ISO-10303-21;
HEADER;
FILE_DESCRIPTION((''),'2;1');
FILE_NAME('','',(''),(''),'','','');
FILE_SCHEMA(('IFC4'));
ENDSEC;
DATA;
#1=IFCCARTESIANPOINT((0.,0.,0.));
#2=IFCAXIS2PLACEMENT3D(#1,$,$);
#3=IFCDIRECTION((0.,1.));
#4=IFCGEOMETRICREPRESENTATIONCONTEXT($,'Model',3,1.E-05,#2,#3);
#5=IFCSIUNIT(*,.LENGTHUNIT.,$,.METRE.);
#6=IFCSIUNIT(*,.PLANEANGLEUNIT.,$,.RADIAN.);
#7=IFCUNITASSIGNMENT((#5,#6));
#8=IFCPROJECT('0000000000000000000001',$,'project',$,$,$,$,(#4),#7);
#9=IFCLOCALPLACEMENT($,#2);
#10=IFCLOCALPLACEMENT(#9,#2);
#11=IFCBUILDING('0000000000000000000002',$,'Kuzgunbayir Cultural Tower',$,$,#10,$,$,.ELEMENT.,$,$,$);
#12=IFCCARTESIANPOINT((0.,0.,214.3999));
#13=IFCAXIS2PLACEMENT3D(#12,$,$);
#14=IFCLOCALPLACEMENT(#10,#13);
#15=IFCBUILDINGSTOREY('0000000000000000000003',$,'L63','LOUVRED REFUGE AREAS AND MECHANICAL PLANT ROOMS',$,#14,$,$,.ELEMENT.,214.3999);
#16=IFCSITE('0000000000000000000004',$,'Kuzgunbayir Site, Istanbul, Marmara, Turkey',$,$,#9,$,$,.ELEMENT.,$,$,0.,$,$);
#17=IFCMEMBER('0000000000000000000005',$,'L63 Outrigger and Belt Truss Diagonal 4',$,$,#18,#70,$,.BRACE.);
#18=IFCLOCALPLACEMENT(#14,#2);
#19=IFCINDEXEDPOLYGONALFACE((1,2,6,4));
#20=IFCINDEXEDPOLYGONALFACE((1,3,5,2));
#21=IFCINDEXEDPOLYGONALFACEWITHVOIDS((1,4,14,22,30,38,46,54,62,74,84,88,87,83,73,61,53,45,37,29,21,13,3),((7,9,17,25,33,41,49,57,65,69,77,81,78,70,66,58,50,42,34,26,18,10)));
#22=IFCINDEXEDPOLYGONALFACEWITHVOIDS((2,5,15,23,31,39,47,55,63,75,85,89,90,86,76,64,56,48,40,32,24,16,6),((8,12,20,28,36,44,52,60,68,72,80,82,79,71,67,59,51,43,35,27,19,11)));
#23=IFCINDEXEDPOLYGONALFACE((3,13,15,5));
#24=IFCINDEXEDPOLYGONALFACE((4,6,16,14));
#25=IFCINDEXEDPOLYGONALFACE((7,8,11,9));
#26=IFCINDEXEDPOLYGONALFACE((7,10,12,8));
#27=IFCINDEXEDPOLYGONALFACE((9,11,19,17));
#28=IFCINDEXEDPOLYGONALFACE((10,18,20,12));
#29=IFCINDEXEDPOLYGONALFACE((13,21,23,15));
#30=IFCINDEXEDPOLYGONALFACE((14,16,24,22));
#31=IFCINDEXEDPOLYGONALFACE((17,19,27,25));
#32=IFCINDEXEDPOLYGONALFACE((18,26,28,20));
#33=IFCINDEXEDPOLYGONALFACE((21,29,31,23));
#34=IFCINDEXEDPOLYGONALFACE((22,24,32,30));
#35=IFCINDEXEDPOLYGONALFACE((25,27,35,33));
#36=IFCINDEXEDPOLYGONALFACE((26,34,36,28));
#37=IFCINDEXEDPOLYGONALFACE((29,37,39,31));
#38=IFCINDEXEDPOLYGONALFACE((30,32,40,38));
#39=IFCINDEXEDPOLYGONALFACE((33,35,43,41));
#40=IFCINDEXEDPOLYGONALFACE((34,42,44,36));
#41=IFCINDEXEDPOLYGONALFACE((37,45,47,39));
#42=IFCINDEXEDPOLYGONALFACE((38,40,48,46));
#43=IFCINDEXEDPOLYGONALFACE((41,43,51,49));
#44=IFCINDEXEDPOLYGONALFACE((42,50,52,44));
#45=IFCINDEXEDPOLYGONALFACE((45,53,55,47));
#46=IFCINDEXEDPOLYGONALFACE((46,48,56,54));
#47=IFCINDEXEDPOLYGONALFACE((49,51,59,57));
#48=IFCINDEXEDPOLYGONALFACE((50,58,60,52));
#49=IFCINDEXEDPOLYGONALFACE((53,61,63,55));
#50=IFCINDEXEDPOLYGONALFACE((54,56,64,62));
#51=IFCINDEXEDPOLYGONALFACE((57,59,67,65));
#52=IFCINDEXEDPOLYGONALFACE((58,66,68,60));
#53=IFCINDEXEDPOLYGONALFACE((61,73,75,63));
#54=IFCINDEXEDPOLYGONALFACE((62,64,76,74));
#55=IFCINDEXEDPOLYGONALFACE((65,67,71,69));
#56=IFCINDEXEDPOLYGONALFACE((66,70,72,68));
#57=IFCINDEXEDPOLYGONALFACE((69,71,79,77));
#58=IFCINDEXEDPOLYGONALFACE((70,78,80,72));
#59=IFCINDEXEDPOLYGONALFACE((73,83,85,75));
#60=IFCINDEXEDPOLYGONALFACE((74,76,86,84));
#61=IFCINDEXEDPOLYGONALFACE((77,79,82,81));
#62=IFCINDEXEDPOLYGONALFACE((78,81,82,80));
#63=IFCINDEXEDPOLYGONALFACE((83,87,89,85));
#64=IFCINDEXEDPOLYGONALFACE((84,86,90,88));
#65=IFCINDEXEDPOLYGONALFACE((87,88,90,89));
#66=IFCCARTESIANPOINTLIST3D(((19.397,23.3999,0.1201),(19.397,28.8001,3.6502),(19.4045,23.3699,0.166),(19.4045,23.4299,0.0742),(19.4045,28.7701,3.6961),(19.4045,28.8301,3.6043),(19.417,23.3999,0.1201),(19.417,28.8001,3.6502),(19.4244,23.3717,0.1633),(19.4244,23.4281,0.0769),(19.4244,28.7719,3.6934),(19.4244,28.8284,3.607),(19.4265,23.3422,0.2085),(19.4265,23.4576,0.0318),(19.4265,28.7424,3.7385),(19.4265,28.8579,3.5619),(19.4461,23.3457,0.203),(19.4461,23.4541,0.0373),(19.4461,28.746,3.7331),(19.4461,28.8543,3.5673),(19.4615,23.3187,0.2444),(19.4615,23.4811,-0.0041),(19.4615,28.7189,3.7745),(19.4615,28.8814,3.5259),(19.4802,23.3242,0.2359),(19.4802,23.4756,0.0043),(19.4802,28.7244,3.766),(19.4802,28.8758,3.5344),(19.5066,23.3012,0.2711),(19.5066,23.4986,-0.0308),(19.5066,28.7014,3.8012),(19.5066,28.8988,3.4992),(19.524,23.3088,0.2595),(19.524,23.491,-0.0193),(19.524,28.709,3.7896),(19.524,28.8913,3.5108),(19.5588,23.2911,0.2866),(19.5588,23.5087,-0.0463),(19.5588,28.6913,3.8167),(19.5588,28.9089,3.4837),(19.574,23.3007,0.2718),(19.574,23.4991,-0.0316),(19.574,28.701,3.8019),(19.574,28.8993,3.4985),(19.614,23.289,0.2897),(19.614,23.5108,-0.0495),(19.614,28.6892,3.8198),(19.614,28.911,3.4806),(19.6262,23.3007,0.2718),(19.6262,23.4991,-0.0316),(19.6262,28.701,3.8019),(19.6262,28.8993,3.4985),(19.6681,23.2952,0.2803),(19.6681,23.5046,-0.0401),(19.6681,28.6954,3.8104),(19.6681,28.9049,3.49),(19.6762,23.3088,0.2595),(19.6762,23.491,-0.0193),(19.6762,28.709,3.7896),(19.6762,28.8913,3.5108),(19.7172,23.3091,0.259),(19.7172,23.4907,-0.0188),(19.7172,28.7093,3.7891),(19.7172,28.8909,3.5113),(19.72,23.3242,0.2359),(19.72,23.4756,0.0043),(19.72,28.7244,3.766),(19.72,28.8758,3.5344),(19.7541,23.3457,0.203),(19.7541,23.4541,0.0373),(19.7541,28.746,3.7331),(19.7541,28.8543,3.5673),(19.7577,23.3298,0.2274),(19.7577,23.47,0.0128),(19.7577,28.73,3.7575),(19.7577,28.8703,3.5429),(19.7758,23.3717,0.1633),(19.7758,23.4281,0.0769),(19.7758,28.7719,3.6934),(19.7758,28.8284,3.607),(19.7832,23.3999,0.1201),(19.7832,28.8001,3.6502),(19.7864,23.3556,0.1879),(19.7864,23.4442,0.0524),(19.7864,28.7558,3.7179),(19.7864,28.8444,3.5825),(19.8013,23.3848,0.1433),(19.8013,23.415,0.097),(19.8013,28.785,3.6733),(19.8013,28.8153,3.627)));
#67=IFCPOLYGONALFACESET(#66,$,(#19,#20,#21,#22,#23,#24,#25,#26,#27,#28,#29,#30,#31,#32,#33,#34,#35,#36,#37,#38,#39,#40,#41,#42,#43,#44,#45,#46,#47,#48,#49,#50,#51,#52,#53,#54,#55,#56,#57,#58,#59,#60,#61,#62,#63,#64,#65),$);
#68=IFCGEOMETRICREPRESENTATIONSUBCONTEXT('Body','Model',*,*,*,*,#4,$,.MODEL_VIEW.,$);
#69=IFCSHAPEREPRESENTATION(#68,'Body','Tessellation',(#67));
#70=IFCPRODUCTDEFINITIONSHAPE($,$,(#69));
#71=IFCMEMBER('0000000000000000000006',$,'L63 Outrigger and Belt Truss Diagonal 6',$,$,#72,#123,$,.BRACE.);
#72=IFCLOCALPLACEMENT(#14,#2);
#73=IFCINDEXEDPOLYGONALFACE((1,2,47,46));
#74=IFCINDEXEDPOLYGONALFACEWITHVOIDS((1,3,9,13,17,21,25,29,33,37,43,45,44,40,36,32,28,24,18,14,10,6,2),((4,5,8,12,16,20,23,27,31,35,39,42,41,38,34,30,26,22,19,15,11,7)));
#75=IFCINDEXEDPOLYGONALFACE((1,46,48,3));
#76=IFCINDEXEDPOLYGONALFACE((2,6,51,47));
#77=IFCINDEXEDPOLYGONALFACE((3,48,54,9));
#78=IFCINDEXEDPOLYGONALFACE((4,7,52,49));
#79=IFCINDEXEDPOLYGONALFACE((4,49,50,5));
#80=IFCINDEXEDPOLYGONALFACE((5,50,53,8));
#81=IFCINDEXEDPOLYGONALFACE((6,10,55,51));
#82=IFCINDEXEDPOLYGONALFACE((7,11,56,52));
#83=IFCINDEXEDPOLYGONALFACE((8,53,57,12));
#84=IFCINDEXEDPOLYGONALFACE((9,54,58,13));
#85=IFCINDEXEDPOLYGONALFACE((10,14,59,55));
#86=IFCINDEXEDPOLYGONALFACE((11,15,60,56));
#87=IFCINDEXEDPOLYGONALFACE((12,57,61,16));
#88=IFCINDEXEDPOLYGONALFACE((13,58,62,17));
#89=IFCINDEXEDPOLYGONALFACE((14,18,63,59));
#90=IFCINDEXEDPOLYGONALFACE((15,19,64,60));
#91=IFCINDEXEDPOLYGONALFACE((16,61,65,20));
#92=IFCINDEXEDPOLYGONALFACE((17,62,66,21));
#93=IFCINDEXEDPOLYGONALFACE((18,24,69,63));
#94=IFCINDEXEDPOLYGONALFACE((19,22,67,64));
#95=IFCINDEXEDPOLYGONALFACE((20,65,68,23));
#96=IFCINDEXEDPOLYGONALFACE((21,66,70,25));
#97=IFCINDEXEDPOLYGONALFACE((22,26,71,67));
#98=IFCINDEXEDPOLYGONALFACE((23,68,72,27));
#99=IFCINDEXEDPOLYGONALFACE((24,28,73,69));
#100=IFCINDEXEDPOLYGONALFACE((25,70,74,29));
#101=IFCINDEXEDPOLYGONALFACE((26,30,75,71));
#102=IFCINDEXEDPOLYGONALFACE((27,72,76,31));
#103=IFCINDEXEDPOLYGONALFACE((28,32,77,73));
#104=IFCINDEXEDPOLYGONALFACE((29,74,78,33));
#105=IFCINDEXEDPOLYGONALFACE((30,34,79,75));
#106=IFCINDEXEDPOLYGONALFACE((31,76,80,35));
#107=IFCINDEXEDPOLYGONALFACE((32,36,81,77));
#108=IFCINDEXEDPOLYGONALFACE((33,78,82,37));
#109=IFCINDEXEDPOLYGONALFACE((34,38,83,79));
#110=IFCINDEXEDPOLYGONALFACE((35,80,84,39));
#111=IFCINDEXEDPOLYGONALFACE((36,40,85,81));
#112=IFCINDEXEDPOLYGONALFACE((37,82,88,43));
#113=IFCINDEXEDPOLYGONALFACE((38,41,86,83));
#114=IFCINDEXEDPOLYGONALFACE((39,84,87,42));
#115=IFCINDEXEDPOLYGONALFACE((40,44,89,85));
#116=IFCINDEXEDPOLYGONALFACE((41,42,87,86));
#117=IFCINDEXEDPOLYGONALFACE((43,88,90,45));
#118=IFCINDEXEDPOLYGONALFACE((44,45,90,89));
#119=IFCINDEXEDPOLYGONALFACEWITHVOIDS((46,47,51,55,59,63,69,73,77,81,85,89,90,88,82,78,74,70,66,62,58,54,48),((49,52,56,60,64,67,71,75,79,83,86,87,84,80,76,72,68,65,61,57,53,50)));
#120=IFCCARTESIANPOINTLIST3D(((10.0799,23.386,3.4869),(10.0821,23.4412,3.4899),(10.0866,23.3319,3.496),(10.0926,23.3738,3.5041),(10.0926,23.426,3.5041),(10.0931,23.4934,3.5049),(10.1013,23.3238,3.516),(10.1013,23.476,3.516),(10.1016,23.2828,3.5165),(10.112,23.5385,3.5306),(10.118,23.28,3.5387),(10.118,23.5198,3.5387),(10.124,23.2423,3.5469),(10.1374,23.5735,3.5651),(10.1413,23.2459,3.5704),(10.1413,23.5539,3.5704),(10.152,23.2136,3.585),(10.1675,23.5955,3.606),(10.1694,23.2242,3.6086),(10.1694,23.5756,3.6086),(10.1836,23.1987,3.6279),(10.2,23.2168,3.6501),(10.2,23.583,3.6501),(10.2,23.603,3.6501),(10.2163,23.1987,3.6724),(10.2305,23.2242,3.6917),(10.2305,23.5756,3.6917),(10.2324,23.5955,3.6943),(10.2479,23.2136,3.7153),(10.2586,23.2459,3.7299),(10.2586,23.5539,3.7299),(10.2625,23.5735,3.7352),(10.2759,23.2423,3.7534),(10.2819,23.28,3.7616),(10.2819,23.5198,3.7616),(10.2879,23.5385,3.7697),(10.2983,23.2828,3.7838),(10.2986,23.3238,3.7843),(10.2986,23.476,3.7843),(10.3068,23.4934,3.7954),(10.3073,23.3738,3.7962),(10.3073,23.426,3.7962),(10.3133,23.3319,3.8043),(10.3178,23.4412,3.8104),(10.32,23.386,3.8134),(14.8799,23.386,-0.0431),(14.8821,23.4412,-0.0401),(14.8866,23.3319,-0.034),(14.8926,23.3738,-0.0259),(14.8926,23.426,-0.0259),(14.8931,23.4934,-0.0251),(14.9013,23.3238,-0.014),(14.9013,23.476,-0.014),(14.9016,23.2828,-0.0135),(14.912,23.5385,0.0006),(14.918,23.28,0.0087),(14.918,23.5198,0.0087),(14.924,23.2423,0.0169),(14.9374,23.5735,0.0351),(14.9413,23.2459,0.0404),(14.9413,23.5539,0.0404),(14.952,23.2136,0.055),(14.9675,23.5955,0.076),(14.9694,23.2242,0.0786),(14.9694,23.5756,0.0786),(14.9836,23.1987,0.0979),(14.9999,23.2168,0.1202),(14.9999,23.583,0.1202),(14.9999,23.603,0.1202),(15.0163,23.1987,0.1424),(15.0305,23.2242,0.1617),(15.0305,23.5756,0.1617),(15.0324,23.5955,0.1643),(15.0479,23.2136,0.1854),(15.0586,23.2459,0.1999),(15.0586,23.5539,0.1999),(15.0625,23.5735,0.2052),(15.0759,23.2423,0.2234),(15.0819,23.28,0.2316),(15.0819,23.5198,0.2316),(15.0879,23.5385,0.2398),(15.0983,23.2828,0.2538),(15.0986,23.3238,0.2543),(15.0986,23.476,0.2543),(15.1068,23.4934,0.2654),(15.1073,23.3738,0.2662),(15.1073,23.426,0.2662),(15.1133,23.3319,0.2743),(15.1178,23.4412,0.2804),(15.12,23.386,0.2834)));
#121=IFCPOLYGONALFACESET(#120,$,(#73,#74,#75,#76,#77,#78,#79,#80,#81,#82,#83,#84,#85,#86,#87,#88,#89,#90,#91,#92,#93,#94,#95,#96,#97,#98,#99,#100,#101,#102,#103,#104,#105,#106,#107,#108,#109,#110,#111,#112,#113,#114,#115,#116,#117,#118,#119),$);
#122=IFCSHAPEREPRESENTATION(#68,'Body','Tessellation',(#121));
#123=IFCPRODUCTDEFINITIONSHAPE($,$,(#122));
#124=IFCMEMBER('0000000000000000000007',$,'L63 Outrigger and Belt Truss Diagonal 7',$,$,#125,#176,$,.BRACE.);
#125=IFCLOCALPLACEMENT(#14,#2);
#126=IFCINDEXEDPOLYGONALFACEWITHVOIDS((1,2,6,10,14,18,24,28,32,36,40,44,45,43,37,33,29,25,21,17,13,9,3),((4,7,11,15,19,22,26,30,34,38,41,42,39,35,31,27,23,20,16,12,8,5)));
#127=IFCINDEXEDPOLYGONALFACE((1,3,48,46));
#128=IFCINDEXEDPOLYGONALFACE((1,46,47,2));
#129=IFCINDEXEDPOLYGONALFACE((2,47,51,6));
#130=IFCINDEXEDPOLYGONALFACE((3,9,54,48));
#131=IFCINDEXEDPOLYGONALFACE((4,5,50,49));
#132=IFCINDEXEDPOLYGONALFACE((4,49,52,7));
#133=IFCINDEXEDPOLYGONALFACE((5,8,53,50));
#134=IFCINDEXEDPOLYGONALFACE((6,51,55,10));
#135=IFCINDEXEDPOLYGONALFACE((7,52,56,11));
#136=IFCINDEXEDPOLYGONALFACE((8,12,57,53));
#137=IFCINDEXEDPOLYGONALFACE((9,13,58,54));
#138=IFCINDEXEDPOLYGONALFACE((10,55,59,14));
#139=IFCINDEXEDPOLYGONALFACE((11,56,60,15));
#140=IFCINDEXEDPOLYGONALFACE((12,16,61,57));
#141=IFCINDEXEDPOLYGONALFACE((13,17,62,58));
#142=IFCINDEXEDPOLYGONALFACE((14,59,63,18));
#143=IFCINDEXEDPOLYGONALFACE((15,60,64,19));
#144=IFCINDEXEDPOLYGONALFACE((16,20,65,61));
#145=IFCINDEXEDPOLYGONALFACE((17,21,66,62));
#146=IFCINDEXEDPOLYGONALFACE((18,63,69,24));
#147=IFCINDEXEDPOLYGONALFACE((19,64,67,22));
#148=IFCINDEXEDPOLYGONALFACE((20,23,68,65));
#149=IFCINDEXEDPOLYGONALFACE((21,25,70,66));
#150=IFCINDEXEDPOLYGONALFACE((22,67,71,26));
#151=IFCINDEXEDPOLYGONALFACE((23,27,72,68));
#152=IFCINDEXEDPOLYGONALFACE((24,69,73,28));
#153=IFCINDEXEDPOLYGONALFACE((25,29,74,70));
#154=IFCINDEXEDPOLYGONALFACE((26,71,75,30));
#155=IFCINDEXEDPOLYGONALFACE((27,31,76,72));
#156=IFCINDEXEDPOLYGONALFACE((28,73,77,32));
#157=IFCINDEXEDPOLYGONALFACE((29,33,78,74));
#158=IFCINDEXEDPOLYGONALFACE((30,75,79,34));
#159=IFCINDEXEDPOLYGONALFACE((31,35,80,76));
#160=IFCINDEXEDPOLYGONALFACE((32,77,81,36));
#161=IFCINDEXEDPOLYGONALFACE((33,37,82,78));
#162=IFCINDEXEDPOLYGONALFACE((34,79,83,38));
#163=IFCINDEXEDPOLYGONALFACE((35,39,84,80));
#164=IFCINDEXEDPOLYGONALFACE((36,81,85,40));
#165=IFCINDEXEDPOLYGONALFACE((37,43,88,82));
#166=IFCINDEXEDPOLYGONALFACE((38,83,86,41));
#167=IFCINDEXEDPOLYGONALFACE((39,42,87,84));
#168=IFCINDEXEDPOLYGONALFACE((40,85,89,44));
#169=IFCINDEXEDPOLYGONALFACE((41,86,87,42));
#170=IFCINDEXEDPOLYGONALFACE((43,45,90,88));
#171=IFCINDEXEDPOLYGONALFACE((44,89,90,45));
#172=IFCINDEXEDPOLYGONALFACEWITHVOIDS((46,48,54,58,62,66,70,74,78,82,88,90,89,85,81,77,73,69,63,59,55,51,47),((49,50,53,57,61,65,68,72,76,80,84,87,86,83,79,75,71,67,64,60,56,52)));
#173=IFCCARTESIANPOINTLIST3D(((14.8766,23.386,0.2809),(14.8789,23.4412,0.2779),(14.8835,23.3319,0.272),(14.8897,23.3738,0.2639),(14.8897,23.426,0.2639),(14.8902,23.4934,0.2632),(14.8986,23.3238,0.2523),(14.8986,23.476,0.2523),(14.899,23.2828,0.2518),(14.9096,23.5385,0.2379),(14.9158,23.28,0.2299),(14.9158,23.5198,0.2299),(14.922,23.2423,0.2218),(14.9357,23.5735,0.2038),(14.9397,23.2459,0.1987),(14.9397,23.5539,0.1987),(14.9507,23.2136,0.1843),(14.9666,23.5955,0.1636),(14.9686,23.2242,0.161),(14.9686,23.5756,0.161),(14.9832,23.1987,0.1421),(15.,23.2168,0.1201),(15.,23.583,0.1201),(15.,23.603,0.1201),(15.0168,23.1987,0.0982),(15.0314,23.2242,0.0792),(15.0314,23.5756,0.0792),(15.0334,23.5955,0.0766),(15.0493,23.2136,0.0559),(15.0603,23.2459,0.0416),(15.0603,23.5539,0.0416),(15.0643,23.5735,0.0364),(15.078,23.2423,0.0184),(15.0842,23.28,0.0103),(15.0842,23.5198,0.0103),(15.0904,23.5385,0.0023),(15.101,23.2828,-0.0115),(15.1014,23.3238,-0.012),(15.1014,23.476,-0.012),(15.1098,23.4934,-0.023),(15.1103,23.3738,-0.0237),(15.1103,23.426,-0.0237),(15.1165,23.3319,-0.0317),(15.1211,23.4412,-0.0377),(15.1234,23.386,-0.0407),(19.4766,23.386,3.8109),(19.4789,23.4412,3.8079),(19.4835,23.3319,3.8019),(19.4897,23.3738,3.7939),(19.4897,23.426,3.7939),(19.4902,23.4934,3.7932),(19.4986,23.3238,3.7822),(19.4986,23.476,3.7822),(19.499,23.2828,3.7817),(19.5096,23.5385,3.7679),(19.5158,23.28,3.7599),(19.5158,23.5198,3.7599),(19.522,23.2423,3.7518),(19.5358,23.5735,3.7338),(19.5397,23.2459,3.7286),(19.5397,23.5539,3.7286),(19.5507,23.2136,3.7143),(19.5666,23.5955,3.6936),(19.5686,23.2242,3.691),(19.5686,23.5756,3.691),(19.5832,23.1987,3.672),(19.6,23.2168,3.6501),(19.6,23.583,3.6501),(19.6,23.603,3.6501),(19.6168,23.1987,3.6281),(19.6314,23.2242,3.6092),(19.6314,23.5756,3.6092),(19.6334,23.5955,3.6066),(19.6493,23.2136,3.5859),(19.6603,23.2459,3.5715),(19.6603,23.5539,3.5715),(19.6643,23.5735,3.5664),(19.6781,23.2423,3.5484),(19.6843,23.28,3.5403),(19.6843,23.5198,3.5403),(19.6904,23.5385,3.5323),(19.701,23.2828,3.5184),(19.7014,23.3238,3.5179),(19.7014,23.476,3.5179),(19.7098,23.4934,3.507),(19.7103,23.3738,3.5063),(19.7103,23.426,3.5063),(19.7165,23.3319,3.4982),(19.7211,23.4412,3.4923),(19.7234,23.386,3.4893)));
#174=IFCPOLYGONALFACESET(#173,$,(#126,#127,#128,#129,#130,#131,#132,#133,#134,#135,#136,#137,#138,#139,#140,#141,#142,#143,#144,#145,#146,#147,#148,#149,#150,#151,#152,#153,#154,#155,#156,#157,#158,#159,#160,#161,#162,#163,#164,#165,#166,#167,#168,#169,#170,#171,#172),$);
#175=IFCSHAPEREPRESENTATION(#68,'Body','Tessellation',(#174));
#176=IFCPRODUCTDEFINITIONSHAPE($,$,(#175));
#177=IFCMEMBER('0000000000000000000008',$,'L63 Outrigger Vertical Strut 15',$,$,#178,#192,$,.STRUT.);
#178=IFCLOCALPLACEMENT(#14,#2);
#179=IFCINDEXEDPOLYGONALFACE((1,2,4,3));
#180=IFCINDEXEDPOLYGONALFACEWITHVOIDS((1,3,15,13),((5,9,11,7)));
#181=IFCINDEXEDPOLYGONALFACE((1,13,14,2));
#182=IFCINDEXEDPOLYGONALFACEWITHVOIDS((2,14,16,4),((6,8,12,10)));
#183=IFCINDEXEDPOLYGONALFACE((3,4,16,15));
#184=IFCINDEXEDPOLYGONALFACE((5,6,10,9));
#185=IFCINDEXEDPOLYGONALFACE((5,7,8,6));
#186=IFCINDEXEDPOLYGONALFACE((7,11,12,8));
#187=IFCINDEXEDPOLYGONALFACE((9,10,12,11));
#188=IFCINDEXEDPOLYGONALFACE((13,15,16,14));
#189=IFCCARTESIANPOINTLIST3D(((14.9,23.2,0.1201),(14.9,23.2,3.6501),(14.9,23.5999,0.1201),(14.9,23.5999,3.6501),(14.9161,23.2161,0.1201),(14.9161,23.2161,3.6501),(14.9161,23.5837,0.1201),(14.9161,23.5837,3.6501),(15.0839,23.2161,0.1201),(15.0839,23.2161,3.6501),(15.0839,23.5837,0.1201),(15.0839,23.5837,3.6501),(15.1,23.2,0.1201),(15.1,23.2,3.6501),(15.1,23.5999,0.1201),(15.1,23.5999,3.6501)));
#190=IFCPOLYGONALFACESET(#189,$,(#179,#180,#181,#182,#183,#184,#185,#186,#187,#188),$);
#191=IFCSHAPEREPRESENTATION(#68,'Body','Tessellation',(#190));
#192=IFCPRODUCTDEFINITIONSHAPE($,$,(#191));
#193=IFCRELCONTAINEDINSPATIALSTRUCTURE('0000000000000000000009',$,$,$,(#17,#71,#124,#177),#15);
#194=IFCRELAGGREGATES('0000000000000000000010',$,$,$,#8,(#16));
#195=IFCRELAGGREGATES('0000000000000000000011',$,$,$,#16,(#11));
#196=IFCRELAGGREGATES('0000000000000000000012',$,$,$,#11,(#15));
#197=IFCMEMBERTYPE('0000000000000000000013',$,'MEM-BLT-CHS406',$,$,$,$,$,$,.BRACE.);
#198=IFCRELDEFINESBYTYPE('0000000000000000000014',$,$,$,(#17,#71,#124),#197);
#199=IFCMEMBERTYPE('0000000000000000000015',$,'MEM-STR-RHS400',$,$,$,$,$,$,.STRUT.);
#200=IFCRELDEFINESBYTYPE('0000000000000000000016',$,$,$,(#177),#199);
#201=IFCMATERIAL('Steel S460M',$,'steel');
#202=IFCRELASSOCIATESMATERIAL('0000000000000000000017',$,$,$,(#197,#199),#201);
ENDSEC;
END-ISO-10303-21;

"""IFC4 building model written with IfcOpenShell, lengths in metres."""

from ifc_helpers import new_model, si_unit, direction, frame, origin, origin_2d, place, context, subcontext, project, spatial, hollow_rectangle, hollow_circle, extrude, material, material_profile, profile_set, type_object, element, save


model = new_model("IFC4")

# Units and contexts
model_context = context("Model", 3, precision=1e-05, world=origin(), true_north=direction((0.0, 1.0)))
body_context = subcontext(model_context, "Body", "Model", "MODEL_VIEW")
ifc_project = project(units=[si_unit("LENGTHUNIT", "METRE"), si_unit("PLANEANGLEUNIT", "RADIAN")], contexts=[model_context])

# Site, building, storey
site_placement = place(None, origin())
site = spatial("IfcSite", under=ifc_project, at=site_placement, Name="Kuzgunbayir Site, Istanbul, Marmara, Turkey", CompositionType="ELEMENT", RefElevation=0.0)
building_placement = place(site_placement, origin())
building = spatial("IfcBuilding", under=site, at=building_placement, Name="Kuzgunbayir Cultural Tower", CompositionType="ELEMENT")
storey_placement = place(building_placement, frame((0.0, 0.0, 214.3999)))
storey = spatial("IfcBuildingStorey", under=building, at=storey_placement, Name="L63", Description="LOUVRED REFUGE AREAS AND MECHANICAL PLANT ROOMS", CompositionType="ELEMENT", Elevation=214.3999)

# Members
ifc_material_1 = material(Name="Steel S460M", Category="steel")
ifc_material_profile_1 = material_profile(ifc_material_1, hollow_circle(Radius=0.2031, WallThickness=0.02, at=origin_2d()), Name="CHS 406.4x20")
ifc_profile_set_1 = profile_set([ifc_material_profile_1], Name="Steel S460M")
member_type_1 = type_object("IfcMemberType", Name="MEM-BLT-CHS406", PredefinedType="BRACE", material=ifc_profile_set_1)
member_1_placement = place(storey_placement, frame((19.6001, 23.3999, 0.1201), z_axis=(0.0, 0.837029, 0.547159), x_axis=(-1.0, 0.0, 0.0)))
element("IfcMember", 1, at=member_1_placement, inside=storey, type_object=member_type_1, Name="L63 Outrigger and Belt Truss Diagonal 4", PredefinedType="BRACE", context=body_context, shape_type="SweptSolid", body=[
    extrude(hollow_circle(Radius=0.2031, WallThickness=0.02, at=origin_2d()), origin(), (0.0, 0.0, 1.0), 6.4517),
])
member_2_placement = place(storey_placement, frame((10.2, 23.3999, 3.6501), z_axis=(0.805604, 0.0, -0.592454), x_axis=(0.0, 1.0, 0.0)))
element("IfcMember", 2, at=member_2_placement, inside=storey, type_object=member_type_1, Name="L63 Outrigger and Belt Truss Diagonal 6", PredefinedType="BRACE", context=body_context, shape_type="SweptSolid", body=[
    extrude(hollow_circle(Radius=0.2031, WallThickness=0.02, at=origin_2d()), origin(), (0.0, 0.0, 1.0), 5.9583),
])
member_3_placement = place(storey_placement, frame((15.0, 23.3999, 0.1201), z_axis=(0.793332, 0.0, 0.608789), x_axis=(0.0, 1.0, 0.0)))
element("IfcMember", 3, at=member_3_placement, inside=storey, type_object=member_type_1, Name="L63 Outrigger and Belt Truss Diagonal 7", PredefinedType="BRACE", context=body_context, shape_type="SweptSolid", body=[
    extrude(hollow_circle(Radius=0.2031, WallThickness=0.02, at=origin_2d()), origin(), (0.0, 0.0, 1.0), 5.7983),
])
ifc_material_profile_2 = material_profile(ifc_material_1, hollow_rectangle(XDim=0.2, YDim=0.3999, WallThickness=0.0161, at=origin_2d()), Name="RHS 400x200x16")
ifc_profile_set_2 = profile_set([ifc_material_profile_2], Name="Steel S460M")
member_type_2 = type_object("IfcMemberType", Name="MEM-STR-RHS400", PredefinedType="STRUT", material=ifc_profile_set_2)
member_4_placement = place(storey_placement, frame((15.0, 23.3999, 0.1201), z_axis=(0.0, 0.0, 1.0), x_axis=(1.0, 0.0, 0.0)))
element("IfcMember", 4, at=member_4_placement, inside=storey, type_object=member_type_2, Name="L63 Outrigger Vertical Strut 15", PredefinedType="STRUT", context=body_context, shape_type="SweptSolid", body=[
    extrude(hollow_rectangle(XDim=0.2, YDim=0.3999, WallThickness=0.0161, at=origin_2d()), origin(), (0.0, 0.0, 1.0), 3.53),
])

save(model, "model.ifc")
